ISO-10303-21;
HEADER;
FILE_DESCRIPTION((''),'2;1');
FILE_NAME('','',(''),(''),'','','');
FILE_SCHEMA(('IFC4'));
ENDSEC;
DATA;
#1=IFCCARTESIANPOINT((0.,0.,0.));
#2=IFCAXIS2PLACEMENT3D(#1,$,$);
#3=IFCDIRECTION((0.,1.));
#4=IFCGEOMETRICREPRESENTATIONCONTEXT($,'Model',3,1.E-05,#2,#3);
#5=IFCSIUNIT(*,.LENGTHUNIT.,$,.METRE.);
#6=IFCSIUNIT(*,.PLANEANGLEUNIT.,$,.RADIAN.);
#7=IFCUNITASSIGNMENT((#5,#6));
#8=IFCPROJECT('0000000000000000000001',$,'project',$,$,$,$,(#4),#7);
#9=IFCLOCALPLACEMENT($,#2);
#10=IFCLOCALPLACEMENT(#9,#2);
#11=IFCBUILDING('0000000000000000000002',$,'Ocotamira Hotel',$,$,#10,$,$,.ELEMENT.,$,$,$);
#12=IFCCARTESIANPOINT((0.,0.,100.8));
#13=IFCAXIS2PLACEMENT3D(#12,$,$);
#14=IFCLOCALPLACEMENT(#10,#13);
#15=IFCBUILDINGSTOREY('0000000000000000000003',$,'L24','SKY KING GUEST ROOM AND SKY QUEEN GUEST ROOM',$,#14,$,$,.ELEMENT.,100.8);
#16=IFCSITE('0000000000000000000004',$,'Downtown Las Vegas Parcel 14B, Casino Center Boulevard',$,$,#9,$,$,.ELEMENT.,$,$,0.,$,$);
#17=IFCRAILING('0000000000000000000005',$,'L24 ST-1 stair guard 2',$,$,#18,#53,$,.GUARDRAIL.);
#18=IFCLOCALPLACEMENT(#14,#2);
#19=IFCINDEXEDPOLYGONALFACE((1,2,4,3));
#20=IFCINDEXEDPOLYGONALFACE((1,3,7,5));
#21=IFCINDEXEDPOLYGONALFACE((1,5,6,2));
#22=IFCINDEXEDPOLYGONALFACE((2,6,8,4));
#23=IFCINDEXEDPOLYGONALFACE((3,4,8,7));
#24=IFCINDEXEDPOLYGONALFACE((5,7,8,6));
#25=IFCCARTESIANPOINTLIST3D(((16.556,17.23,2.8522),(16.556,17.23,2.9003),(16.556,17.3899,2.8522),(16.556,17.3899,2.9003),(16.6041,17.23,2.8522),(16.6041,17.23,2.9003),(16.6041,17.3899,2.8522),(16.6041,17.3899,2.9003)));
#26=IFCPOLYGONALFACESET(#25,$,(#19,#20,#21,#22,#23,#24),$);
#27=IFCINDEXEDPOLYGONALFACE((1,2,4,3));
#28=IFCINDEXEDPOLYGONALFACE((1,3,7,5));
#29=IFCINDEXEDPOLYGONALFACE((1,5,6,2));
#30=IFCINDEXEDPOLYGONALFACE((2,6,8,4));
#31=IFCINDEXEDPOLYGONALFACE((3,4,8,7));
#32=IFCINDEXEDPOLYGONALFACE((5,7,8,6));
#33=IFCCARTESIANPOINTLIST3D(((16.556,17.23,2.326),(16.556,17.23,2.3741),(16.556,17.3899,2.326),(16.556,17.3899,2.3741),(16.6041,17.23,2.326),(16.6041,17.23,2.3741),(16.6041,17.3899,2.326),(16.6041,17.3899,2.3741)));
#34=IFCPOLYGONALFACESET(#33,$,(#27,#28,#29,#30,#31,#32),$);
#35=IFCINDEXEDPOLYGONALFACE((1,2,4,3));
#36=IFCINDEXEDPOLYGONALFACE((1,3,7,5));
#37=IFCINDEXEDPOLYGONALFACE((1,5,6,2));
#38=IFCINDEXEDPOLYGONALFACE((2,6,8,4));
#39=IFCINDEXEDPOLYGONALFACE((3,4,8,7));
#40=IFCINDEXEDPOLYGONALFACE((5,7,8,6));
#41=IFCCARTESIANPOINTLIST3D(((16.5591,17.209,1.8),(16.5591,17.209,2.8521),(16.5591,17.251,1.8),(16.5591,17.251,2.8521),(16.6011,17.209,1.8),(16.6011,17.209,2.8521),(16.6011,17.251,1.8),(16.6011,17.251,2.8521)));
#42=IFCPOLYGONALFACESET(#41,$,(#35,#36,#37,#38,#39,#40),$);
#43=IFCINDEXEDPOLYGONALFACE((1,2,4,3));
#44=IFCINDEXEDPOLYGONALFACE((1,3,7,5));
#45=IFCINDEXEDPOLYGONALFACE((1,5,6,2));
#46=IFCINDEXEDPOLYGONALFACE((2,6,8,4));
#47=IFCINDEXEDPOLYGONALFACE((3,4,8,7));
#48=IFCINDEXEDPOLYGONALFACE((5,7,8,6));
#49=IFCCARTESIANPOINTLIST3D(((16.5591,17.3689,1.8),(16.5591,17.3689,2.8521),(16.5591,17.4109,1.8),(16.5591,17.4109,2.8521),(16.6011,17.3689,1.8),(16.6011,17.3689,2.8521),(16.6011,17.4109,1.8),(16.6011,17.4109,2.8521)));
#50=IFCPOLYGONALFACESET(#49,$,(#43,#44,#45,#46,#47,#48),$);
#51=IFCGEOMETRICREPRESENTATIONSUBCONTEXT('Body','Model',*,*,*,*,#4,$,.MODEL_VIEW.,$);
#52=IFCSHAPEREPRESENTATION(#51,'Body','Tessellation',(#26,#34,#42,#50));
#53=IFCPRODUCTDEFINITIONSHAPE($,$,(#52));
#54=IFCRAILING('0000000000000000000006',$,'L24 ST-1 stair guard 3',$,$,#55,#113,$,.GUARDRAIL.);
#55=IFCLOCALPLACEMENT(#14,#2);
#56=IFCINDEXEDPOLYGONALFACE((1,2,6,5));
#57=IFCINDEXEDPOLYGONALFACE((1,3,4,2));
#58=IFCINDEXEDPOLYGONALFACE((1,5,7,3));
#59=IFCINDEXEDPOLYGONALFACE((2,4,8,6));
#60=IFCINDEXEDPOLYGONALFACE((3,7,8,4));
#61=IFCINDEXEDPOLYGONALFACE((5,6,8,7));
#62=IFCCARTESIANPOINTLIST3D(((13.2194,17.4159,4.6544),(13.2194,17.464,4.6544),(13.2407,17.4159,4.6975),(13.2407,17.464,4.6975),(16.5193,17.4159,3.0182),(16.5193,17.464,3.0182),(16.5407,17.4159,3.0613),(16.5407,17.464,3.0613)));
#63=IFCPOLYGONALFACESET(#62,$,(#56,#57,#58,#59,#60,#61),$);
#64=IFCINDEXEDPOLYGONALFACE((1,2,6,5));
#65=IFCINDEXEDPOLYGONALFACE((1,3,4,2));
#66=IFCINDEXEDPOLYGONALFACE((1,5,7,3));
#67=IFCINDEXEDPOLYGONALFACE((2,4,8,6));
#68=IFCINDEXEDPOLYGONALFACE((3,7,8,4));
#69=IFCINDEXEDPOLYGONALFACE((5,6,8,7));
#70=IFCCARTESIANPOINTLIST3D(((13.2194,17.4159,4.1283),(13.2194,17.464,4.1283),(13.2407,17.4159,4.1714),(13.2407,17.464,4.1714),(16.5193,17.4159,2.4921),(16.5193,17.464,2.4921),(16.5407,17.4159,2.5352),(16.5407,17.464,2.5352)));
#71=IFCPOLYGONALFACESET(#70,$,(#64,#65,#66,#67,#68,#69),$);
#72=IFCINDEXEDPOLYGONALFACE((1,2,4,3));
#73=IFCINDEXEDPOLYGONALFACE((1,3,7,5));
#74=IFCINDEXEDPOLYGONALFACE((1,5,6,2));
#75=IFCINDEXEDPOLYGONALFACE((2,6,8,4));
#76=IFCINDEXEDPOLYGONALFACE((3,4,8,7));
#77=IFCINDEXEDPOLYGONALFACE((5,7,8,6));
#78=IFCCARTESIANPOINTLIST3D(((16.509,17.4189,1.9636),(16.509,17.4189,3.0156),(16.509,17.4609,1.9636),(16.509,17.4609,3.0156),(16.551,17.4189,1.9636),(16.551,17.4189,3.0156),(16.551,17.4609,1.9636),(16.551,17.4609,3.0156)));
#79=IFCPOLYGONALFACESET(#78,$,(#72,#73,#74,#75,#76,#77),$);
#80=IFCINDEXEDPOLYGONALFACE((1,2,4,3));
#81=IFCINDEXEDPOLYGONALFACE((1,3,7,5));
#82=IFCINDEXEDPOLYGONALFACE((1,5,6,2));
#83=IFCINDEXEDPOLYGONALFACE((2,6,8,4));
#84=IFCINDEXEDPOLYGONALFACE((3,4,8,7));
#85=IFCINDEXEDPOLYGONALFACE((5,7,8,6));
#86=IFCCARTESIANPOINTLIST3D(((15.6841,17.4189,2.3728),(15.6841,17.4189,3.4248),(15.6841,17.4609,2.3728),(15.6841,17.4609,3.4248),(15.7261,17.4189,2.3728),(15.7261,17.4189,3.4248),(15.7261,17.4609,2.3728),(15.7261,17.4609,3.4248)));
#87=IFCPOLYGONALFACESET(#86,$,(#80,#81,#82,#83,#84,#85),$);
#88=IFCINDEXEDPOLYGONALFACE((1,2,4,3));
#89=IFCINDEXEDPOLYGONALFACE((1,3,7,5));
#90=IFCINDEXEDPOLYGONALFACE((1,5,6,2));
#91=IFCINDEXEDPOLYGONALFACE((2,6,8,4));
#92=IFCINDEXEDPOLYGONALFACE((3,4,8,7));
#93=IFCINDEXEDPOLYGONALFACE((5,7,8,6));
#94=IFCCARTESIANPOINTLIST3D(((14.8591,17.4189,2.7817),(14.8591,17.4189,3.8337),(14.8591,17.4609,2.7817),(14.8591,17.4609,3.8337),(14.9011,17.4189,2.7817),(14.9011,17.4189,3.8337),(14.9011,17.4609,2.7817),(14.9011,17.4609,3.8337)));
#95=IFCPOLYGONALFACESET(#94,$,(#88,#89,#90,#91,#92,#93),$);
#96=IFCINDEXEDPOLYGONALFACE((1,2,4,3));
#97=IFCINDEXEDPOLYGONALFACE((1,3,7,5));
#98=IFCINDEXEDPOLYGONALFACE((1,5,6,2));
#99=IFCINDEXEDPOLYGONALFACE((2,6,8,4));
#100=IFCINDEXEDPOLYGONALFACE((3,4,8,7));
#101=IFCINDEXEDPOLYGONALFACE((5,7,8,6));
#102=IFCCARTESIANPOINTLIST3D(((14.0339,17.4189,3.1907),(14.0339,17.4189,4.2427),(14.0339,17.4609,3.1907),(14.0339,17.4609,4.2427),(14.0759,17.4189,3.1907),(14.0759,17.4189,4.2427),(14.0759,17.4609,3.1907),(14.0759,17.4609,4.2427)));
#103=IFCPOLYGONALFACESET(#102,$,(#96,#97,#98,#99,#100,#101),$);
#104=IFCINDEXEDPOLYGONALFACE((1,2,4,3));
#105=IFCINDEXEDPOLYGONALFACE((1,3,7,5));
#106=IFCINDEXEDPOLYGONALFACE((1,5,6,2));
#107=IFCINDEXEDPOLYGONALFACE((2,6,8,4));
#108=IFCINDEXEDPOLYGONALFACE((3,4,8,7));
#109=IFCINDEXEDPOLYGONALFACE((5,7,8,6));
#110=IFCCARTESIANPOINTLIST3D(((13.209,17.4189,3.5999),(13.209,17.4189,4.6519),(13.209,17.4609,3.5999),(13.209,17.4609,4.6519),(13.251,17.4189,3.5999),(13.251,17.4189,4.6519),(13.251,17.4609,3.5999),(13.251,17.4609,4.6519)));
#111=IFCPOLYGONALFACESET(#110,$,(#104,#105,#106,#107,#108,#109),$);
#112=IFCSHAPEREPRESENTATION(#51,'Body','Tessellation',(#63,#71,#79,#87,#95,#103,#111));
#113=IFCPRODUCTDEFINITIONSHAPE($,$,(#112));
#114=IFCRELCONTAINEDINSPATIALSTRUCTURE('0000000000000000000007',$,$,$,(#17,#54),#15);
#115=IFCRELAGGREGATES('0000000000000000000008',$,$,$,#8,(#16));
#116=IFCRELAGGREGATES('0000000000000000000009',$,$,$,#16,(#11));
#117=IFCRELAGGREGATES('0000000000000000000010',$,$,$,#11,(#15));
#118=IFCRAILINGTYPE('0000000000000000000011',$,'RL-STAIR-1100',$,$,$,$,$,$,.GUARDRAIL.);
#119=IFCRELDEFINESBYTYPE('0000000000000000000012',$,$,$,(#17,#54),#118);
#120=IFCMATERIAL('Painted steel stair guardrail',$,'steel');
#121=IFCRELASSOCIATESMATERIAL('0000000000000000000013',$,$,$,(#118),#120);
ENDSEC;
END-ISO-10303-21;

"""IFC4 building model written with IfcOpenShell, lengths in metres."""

from ifc_helpers import new_model, si_unit, direction, frame, origin, origin_2d, place, context, subcontext, project, spatial, rectangle, extrude, material, type_object, element, save


model = new_model("IFC4")

# Units and contexts
model_context = context("Model", 3, precision=1e-05, world=origin(), true_north=direction((0.0, 1.0)))
body_context = subcontext(model_context, "Body", "Model", "MODEL_VIEW")
ifc_project = project(units=[si_unit("LENGTHUNIT", "METRE"), si_unit("PLANEANGLEUNIT", "RADIAN")], contexts=[model_context])

# Site, building, storey
site_placement = place(None, origin())
site = spatial("IfcSite", under=ifc_project, at=site_placement, Name="Downtown Las Vegas Parcel 14B, Casino Center Boulevard", CompositionType="ELEMENT", RefElevation=0.0)
building_placement = place(site_placement, origin())
building = spatial("IfcBuilding", under=site, at=building_placement, Name="Ocotamira Hotel", CompositionType="ELEMENT")
storey_placement = place(building_placement, frame((0.0, 0.0, 100.8)))
storey = spatial("IfcBuildingStorey", under=building, at=storey_placement, Name="L24", Description="SKY KING GUEST ROOM AND SKY QUEEN GUEST ROOM", CompositionType="ELEMENT", Elevation=100.8)

# Railings
ifc_material_1 = material(Name="Painted steel stair guardrail", Category="steel")
railing_type_1 = type_object("IfcRailingType", Name="RL-STAIR-1100", PredefinedType="GUARDRAIL", material=ifc_material_1)
railing_1_placement = place(storey_placement, frame((16.5801, 17.23, 1.8)))
element("IfcRailing", 1, at=railing_1_placement, inside=storey, type_object=railing_type_1, Name="L24 ST-1 stair guard 2", PredefinedType="GUARDRAIL", context=body_context, shape_type="SweptSolid", body=[
    extrude(rectangle(XDim=0.0481, YDim=0.0481, at=origin_2d()), frame((0.0, 0.0, 1.0762), z_axis=(0.0, 1.0, 0.0), x_axis=(-1.0, 0.0, 0.0)), (0.0, 0.0, 1.0), 0.1599),
    extrude(rectangle(XDim=0.0481, YDim=0.0481, at=origin_2d()), frame((0.0, 0.0, 0.55), z_axis=(0.0, 1.0, 0.0), x_axis=(-1.0, 0.0, 0.0)), (0.0, 0.0, 1.0), 0.1599),
    extrude(rectangle(XDim=0.042, YDim=0.042, at=origin_2d()), origin(), (0.0, 0.0, 1.0), 1.052),
    extrude(rectangle(XDim=0.042, YDim=0.042, at=origin_2d()), frame((0.0, 0.1599, 0.0)), (0.0, 0.0, 1.0), 1.052),
])
railing_2_placement = place(storey_placement, frame((16.53, 17.4399, 1.9636)))
element("IfcRailing", 2, at=railing_2_placement, inside=storey, type_object=railing_type_1, Name="L24 ST-1 stair guard 3", PredefinedType="GUARDRAIL", context=body_context, shape_type="SweptSolid", body=[
    extrude(rectangle(XDim=0.0481, YDim=0.0481, at=origin_2d()), frame((0.0, 0.0, 1.0762), z_axis=(-0.89592, 0.0, 0.444215), x_axis=(0.0, -1.0, 0.0)), (0.0, 0.0, 1.0), 3.6833),
    extrude(rectangle(XDim=0.0481, YDim=0.0481, at=origin_2d()), frame((0.0, 0.0, 0.55), z_axis=(-0.89592, 0.0, 0.444215), x_axis=(0.0, -1.0, 0.0)), (0.0, 0.0, 1.0), 3.6833),
    extrude(rectangle(XDim=0.042, YDim=0.042, at=origin_2d()), origin(), (0.0, 0.0, 1.0), 1.052),
    extrude(rectangle(XDim=0.042, YDim=0.042, at=origin_2d()), frame((-0.825, 0.0, 0.4092)), (0.0, 0.0, 1.0), 1.052),
    extrude(rectangle(XDim=0.042, YDim=0.042, at=origin_2d()), frame((-1.6499, 0.0, 0.8181)), (0.0, 0.0, 1.0), 1.052),
    extrude(rectangle(XDim=0.042, YDim=0.042, at=origin_2d()), frame((-2.4751, 0.0, 1.2271)), (0.0, 0.0, 1.0), 1.052),
    extrude(rectangle(XDim=0.042, YDim=0.042, at=origin_2d()), frame((-3.3, 0.0, 1.6362)), (0.0, 0.0, 1.0), 1.052),
])

save(model, "model.ifc")
